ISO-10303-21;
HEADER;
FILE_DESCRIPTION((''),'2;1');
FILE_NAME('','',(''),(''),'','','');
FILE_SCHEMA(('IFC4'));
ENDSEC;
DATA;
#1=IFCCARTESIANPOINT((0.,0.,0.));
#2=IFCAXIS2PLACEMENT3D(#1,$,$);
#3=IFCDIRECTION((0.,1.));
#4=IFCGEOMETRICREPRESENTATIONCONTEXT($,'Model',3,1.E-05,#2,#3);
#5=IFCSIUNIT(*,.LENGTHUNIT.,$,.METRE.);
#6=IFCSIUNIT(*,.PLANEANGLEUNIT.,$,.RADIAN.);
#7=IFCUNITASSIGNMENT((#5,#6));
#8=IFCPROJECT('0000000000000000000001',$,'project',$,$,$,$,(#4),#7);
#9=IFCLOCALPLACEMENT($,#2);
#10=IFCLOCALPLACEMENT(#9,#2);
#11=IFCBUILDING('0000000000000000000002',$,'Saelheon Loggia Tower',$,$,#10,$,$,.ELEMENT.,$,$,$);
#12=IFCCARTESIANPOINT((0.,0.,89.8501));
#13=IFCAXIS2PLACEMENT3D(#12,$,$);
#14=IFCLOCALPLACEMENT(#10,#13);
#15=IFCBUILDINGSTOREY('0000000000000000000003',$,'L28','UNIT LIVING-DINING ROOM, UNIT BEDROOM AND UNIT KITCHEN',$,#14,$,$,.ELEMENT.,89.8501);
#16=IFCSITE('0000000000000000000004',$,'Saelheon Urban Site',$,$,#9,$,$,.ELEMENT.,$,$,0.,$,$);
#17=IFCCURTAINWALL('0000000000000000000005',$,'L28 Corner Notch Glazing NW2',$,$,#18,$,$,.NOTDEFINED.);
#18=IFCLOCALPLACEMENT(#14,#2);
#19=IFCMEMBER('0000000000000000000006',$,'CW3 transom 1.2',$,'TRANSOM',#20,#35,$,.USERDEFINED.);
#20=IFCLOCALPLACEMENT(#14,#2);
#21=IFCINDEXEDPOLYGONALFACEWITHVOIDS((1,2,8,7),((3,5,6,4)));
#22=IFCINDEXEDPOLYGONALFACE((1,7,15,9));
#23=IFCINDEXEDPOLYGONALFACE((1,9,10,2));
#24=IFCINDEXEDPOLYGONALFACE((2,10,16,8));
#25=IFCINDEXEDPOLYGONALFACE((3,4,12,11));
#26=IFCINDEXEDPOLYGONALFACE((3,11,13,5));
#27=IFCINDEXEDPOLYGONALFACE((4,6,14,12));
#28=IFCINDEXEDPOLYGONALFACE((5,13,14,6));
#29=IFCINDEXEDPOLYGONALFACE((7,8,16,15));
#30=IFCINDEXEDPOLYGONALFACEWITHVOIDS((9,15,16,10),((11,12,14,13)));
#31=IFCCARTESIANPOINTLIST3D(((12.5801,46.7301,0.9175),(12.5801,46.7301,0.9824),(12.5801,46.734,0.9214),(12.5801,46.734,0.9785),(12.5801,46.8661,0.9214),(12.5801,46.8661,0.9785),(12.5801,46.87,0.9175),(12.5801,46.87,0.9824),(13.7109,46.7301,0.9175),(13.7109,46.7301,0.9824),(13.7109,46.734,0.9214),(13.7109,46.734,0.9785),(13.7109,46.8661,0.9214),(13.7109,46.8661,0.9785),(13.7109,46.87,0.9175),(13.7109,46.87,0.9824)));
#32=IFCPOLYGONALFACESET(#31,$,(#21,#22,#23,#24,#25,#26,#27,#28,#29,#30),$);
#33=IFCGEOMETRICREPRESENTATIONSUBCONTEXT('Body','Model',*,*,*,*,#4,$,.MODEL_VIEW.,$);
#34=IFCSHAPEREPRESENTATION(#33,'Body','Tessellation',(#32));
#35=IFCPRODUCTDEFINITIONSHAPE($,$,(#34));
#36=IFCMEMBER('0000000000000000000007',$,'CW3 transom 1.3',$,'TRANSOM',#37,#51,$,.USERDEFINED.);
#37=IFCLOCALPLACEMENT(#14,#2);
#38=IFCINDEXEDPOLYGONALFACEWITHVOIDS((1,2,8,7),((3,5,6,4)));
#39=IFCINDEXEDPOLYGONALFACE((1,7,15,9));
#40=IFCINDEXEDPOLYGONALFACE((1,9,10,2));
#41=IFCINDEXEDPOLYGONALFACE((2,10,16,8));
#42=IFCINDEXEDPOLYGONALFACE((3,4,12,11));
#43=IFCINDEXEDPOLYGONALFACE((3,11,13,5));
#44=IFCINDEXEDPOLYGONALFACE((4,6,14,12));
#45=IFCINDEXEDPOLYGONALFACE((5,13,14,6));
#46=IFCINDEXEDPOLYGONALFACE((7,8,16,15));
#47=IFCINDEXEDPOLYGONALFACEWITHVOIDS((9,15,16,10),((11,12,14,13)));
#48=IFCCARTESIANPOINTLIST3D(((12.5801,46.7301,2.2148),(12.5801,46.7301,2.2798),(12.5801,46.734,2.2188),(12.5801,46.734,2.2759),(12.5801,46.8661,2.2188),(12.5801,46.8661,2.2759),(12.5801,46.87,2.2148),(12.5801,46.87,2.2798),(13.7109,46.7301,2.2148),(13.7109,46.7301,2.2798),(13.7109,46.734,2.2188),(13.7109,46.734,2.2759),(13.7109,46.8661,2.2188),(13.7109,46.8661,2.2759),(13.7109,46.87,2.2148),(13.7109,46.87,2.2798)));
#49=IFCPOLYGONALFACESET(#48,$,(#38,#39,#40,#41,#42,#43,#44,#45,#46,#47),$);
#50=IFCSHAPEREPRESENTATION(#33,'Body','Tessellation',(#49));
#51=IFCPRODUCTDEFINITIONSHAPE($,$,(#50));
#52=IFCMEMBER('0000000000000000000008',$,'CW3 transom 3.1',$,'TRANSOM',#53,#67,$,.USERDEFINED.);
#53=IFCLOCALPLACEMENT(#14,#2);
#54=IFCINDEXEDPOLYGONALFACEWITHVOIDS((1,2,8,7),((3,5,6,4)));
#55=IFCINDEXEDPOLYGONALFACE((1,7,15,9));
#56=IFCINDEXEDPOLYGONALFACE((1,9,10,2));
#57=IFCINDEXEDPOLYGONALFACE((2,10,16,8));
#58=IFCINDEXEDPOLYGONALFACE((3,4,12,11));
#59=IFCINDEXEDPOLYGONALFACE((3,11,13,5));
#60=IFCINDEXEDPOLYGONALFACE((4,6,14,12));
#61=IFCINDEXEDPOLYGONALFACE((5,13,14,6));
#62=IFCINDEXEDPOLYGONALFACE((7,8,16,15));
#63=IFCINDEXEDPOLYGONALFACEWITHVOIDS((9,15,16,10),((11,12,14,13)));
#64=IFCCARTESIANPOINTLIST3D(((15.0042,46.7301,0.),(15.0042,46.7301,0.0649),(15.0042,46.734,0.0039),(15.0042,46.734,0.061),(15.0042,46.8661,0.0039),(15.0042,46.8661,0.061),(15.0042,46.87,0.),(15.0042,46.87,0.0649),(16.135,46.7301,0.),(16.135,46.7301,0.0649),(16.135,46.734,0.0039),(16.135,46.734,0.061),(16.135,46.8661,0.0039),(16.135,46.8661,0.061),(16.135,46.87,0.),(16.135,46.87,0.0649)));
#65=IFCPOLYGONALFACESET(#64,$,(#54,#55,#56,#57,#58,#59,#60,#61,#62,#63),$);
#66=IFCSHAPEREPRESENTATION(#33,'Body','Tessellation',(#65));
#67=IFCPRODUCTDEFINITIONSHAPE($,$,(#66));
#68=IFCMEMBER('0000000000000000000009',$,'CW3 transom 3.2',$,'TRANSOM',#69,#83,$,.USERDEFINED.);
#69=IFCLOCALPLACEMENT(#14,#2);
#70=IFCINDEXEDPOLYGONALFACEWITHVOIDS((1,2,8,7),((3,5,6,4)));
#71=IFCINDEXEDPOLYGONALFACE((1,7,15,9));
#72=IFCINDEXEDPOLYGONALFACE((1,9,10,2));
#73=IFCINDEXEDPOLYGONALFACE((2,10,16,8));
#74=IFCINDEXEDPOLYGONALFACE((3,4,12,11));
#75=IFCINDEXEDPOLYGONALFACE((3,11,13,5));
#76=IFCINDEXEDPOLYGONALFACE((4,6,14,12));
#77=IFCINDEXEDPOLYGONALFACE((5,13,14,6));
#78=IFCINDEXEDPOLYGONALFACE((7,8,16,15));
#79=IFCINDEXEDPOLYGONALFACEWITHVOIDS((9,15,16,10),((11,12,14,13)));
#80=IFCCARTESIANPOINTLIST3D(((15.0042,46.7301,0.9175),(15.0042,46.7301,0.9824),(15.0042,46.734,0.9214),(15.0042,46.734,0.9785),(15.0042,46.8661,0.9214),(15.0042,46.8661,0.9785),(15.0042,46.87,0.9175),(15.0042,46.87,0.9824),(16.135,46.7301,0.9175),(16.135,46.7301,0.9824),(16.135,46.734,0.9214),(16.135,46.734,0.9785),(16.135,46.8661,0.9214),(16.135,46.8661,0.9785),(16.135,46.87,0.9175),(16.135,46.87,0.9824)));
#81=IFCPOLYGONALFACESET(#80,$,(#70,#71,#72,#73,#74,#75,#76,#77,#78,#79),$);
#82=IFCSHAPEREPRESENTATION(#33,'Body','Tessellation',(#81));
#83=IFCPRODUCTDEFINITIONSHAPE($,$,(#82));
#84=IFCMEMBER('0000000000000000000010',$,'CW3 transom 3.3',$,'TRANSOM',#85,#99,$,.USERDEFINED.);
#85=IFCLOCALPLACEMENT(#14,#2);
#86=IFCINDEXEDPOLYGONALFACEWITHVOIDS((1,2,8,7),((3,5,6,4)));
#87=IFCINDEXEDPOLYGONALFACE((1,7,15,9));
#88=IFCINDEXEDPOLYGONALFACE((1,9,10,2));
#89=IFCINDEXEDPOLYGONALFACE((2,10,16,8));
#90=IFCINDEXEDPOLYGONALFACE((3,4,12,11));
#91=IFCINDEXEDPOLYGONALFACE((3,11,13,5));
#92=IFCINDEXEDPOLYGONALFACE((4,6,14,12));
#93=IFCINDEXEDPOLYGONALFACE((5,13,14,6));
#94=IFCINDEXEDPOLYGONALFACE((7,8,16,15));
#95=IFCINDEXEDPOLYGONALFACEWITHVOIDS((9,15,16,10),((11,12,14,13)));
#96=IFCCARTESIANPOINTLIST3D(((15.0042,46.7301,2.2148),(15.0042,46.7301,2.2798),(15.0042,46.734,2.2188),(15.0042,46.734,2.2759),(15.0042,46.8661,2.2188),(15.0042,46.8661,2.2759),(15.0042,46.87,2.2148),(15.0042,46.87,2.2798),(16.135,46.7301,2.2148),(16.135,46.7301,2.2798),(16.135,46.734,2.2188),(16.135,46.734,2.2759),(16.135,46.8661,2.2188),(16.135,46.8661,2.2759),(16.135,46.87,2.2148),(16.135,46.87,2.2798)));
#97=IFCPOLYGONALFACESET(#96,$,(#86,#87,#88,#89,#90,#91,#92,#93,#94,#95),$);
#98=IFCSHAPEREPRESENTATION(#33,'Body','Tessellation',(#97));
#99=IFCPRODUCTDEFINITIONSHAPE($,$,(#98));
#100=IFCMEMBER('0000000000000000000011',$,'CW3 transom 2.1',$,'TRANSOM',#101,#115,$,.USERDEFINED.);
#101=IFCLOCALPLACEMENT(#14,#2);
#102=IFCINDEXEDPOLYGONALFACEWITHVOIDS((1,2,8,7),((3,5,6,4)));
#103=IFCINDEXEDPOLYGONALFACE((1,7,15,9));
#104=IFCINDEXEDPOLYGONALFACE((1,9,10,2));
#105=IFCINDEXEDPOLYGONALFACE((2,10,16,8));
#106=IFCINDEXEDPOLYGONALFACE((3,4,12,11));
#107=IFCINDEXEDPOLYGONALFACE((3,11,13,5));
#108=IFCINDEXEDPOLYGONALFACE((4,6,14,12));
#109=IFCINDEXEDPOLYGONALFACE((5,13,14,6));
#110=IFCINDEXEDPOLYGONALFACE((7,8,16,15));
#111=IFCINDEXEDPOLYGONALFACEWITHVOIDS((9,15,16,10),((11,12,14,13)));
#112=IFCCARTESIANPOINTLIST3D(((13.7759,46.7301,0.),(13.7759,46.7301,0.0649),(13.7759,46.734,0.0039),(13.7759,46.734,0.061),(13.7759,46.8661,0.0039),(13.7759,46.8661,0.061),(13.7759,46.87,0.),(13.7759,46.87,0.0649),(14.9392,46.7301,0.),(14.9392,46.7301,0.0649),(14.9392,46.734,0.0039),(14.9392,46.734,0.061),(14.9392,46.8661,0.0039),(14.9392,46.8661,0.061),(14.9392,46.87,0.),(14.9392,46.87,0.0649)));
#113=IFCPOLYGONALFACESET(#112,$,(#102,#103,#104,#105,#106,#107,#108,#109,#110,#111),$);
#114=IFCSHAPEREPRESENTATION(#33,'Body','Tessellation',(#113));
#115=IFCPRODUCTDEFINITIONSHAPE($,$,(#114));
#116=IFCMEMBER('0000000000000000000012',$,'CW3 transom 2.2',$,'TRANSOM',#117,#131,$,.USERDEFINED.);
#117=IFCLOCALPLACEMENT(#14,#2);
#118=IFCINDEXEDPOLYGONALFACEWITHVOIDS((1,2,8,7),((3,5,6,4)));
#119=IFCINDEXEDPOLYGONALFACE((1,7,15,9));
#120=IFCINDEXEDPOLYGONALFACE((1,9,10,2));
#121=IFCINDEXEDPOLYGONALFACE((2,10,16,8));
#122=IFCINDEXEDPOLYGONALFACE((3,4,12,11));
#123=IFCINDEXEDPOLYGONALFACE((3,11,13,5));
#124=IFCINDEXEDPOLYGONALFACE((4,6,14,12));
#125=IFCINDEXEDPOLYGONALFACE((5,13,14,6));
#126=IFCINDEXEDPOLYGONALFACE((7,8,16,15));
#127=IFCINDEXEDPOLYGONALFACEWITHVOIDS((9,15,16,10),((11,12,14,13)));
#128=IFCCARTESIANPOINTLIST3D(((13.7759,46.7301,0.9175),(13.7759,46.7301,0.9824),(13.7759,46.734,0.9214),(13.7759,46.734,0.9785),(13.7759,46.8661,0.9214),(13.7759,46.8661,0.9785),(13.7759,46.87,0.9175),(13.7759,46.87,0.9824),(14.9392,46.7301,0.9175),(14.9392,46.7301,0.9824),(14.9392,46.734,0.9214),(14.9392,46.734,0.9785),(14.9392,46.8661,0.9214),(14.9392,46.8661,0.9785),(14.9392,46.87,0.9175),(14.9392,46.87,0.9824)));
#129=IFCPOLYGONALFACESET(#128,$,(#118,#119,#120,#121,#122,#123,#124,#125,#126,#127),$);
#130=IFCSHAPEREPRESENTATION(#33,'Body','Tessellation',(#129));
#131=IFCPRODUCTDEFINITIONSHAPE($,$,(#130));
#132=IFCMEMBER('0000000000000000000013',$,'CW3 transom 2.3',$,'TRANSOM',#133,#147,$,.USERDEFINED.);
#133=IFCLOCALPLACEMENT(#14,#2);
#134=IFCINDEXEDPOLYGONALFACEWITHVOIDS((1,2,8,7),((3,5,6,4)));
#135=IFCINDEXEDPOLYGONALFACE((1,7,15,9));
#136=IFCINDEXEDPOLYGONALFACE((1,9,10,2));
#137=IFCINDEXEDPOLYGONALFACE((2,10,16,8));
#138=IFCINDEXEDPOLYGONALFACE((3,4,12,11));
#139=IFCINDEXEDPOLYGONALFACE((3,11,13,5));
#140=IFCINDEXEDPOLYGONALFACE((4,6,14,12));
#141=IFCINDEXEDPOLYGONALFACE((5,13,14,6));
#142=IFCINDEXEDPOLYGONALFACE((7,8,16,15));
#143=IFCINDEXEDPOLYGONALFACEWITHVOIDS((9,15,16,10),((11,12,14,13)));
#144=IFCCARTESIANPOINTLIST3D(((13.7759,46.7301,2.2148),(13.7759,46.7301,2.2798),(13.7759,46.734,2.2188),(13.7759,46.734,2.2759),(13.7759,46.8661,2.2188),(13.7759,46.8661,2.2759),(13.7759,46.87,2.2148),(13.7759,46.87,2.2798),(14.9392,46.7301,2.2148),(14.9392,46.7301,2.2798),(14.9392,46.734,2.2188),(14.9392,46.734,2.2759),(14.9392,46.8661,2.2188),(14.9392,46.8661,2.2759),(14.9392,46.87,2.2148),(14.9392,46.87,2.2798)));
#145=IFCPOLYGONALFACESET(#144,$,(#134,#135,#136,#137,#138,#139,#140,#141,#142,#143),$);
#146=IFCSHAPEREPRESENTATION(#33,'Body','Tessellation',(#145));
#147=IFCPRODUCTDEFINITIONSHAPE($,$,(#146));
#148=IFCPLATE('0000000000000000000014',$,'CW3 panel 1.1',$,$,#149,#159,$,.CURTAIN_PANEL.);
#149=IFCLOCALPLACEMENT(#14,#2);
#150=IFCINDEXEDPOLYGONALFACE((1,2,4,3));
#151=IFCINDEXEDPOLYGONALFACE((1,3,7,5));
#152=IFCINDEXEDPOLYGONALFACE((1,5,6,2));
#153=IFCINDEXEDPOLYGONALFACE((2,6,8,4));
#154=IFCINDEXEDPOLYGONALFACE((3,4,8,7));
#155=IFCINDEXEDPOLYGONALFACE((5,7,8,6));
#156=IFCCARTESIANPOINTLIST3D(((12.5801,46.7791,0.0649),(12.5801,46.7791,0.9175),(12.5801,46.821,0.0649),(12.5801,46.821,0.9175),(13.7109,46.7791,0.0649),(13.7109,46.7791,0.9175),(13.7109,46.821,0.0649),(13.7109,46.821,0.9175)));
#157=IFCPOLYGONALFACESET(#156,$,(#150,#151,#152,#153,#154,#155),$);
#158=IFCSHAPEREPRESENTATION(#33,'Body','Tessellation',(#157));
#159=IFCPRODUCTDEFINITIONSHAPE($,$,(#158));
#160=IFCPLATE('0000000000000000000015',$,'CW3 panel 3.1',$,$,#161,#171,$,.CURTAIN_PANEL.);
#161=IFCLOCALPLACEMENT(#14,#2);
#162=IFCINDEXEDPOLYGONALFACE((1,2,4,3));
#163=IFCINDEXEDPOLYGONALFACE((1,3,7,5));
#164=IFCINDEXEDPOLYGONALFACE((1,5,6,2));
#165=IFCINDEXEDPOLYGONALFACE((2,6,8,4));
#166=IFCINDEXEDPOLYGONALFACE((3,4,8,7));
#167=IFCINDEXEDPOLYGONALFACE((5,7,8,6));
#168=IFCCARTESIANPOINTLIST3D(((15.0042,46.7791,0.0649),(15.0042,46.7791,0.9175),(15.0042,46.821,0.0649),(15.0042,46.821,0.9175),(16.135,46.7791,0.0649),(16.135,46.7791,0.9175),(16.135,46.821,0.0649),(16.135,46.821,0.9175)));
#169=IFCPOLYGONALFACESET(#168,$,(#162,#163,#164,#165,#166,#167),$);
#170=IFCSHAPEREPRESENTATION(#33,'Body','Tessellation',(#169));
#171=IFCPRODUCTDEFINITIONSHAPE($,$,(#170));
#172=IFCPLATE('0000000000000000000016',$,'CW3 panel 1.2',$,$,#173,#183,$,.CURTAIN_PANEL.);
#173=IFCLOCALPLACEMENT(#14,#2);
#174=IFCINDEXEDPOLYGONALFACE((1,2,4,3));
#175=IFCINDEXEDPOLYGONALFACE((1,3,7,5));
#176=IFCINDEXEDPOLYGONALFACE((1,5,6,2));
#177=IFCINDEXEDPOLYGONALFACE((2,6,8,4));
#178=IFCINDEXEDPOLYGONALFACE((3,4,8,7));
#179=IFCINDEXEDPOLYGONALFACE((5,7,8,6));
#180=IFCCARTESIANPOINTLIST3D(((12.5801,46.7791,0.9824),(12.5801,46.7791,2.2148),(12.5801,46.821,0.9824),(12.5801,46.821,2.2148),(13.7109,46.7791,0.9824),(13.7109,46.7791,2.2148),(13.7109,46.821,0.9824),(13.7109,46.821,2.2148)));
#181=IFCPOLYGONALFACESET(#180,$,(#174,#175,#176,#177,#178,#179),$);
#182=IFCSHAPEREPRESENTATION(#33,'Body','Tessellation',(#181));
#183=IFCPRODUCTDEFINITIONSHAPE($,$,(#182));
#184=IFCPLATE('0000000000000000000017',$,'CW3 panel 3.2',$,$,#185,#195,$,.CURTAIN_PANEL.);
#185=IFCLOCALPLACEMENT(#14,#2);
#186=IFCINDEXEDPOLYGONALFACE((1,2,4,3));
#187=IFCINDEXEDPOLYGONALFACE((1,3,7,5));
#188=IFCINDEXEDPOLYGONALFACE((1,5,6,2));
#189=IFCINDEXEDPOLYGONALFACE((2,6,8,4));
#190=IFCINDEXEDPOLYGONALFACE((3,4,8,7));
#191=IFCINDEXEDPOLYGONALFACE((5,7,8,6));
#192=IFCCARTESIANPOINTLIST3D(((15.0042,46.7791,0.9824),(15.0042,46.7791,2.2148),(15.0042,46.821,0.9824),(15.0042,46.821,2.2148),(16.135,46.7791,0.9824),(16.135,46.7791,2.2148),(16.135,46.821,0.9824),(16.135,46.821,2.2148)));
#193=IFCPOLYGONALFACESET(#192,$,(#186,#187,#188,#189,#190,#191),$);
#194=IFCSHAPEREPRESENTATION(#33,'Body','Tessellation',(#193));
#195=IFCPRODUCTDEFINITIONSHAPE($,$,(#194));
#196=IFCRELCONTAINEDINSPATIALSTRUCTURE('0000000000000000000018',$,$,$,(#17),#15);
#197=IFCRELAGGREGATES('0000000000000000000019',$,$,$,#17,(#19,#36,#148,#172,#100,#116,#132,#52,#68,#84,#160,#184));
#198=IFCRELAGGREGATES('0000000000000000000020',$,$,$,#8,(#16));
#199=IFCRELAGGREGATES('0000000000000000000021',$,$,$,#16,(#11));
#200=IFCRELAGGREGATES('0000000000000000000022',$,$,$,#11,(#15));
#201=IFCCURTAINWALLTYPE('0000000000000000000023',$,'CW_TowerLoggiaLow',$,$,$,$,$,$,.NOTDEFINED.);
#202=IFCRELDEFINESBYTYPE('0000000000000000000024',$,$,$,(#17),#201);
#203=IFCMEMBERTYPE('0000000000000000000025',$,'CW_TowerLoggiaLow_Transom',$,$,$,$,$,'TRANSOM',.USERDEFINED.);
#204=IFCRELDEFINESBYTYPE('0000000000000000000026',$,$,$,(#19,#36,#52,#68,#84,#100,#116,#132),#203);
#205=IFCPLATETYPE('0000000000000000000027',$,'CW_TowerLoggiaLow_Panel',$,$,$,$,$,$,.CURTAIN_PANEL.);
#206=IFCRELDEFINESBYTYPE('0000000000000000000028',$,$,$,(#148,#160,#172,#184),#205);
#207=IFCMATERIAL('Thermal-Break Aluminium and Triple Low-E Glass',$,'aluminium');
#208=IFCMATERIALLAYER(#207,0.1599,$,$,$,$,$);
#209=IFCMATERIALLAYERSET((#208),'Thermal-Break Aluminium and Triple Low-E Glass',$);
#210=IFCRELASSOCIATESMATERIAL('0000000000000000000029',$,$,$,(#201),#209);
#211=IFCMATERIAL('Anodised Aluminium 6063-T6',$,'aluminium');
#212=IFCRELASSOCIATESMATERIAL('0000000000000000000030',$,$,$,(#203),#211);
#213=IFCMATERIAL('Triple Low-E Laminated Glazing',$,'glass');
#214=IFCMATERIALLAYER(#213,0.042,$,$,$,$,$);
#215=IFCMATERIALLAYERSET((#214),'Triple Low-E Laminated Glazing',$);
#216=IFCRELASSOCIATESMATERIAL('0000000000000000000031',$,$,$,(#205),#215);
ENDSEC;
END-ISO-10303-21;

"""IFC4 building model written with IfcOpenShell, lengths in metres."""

from ifc_helpers import new_model, si_unit, direction, frame, origin, origin_2d, place, context, subcontext, project, spatial, rectangle, hollow_rectangle, extrude, source, transform, mapped, material, layer, layer_set, material_profile, profile_set, type_object, element, aggregate, save


model = new_model("IFC4")

# Units and contexts
model_context = context("Model", 3, precision=1e-05, world=origin(), true_north=direction((0.0, 1.0)))
body_context = subcontext(model_context, "Body", "Model", "MODEL_VIEW")
ifc_project = project(units=[si_unit("LENGTHUNIT", "METRE"), si_unit("PLANEANGLEUNIT", "RADIAN")], contexts=[model_context])

# Site, building, storey
site_placement = place(None, origin())
site = spatial("IfcSite", under=ifc_project, at=site_placement, Name="Saelheon Urban Site", CompositionType="ELEMENT", RefElevation=0.0)
building_placement = place(site_placement, origin())
building = spatial("IfcBuilding", under=site, at=building_placement, Name="Saelheon Loggia Tower", CompositionType="ELEMENT")
storey_placement = place(building_placement, frame((0.0, 0.0, 89.8501)))
storey = spatial("IfcBuildingStorey", under=building, at=storey_placement, Name="L28", Description="UNIT LIVING-DINING ROOM, UNIT BEDROOM AND UNIT KITCHEN", CompositionType="ELEMENT", Elevation=89.8501)

# Shared definitions
ifc_material_1 = material(Name="Thermal-Break Aluminium and Triple Low-E Glass", Category="aluminium")
ifc_layer_1 = layer(ifc_material_1, 0.1599)
ifc_layer_set_1 = layer_set([ifc_layer_1], Name="Thermal-Break Aluminium and Triple Low-E Glass")
curtain_wall_type = type_object("IfcCurtainWallType", Name="CW_TowerLoggiaLow", PredefinedType="NOTDEFINED", material=ifc_layer_set_1)
ifc_material_2 = material(Name="Anodised Aluminium 6063-T6", Category="aluminium")

# Curtain wall
curtain_wall_1_placement = place(storey_placement, origin())
curtain_wall_1 = element("IfcCurtainWall", 1, at=curtain_wall_1_placement, inside=storey, type_object=curtain_wall_type, Name="L28 Corner Notch Glazing NW2", PredefinedType="NOTDEFINED")

# Members
ifc_material_profile_1 = material_profile(ifc_material_2, hollow_rectangle(XDim=0.0649, YDim=0.1399, WallThickness=0.0039, at=origin_2d()), Name="RHS-140x65x4")
ifc_profile_set_1 = profile_set([ifc_material_profile_1], Name="Anodised Aluminium 6063-T6")
member_type_1 = type_object("IfcMemberType", Name="CW_TowerLoggiaLow_Transom", ElementType="TRANSOM", PredefinedType="USERDEFINED", material=ifc_profile_set_1)
shared_shape_1 = source(origin(), body_context, "Body", "SweptSolid", [
    extrude(hollow_rectangle(XDim=0.0649, YDim=0.1399, WallThickness=0.0039, at=origin_2d()), origin(), (0.0, 0.0, 1.0), 1.1309),
])
member_1_placement = place(storey_placement, frame((12.5801, 46.8, 0.95), z_axis=(1.0, 0.0, 0.0), x_axis=(0.0, 0.0, 1.0)))
member_1 = element("IfcMember", 2, at=member_1_placement, type_object=member_type_1, Name="CW3 transom 1.2", ObjectType="TRANSOM", PredefinedType="USERDEFINED", context=body_context, shape_type="MappedRepresentation", body=[
    mapped(shared_shape_1, transform((0.0, 0.0, 0.0), scale=1.0)),
])
member_2_placement = place(storey_placement, frame((12.5801, 46.8, 2.2473), z_axis=(1.0, 0.0, 0.0), x_axis=(0.0, 0.0, 1.0)))
member_2 = element("IfcMember", 3, at=member_2_placement, type_object=member_type_1, Name="CW3 transom 1.3", ObjectType="TRANSOM", PredefinedType="USERDEFINED", context=body_context, shape_type="MappedRepresentation", body=[
    mapped(shared_shape_1, transform((0.0, 0.0, 0.0), scale=1.0)),
])
member_3_placement = place(storey_placement, frame((15.0042, 46.8, 0.0325), z_axis=(1.0, 0.0, 0.0), x_axis=(0.0, 0.0, 1.0)))
member_3 = element("IfcMember", 4, at=member_3_placement, type_object=member_type_1, Name="CW3 transom 3.1", ObjectType="TRANSOM", PredefinedType="USERDEFINED", context=body_context, shape_type="MappedRepresentation", body=[
    mapped(shared_shape_1, transform((0.0, 0.0, 0.0), scale=1.0)),
])
member_4_placement = place(storey_placement, frame((15.0042, 46.8, 0.95), z_axis=(1.0, 0.0, 0.0), x_axis=(0.0, 0.0, 1.0)))
member_4 = element("IfcMember", 5, at=member_4_placement, type_object=member_type_1, Name="CW3 transom 3.2", ObjectType="TRANSOM", PredefinedType="USERDEFINED", context=body_context, shape_type="MappedRepresentation", body=[
    mapped(shared_shape_1, transform((0.0, 0.0, 0.0), scale=1.0)),
])
member_5_placement = place(storey_placement, frame((15.0042, 46.8, 2.2473), z_axis=(1.0, 0.0, 0.0), x_axis=(0.0, 0.0, 1.0)))
member_5 = element("IfcMember", 6, at=member_5_placement, type_object=member_type_1, Name="CW3 transom 3.3", ObjectType="TRANSOM", PredefinedType="USERDEFINED", context=body_context, shape_type="MappedRepresentation", body=[
    mapped(shared_shape_1, transform((0.0, 0.0, 0.0), scale=1.0)),
])
shared_shape_2 = source(origin(), body_context, "Body", "SweptSolid", [
    extrude(hollow_rectangle(XDim=0.0649, YDim=0.1399, WallThickness=0.0039, at=origin_2d()), origin(), (0.0, 0.0, 1.0), 1.1633),
])
member_6_placement = place(storey_placement, frame((13.7759, 46.8, 0.0325), z_axis=(1.0, 0.0, 0.0), x_axis=(0.0, 0.0, 1.0)))
member_6 = element("IfcMember", 7, at=member_6_placement, type_object=member_type_1, Name="CW3 transom 2.1", ObjectType="TRANSOM", PredefinedType="USERDEFINED", context=body_context, shape_type="MappedRepresentation", body=[
    mapped(shared_shape_2, transform((0.0, 0.0, 0.0), scale=1.0)),
])
member_7_placement = place(storey_placement, frame((13.7759, 46.8, 0.95), z_axis=(1.0, 0.0, 0.0), x_axis=(0.0, 0.0, 1.0)))
member_7 = element("IfcMember", 8, at=member_7_placement, type_object=member_type_1, Name="CW3 transom 2.2", ObjectType="TRANSOM", PredefinedType="USERDEFINED", context=body_context, shape_type="MappedRepresentation", body=[
    mapped(shared_shape_2, transform((0.0, 0.0, 0.0), scale=1.0)),
])
member_8_placement = place(storey_placement, frame((13.7759, 46.8, 2.2473), z_axis=(1.0, 0.0, 0.0), x_axis=(0.0, 0.0, 1.0)))
member_8 = element("IfcMember", 9, at=member_8_placement, type_object=member_type_1, Name="CW3 transom 2.3", ObjectType="TRANSOM", PredefinedType="USERDEFINED", context=body_context, shape_type="MappedRepresentation", body=[
    mapped(shared_shape_2, transform((0.0, 0.0, 0.0), scale=1.0)),
])

# Plates
ifc_material_3 = material(Name="Triple Low-E Laminated Glazing", Category="glass")
ifc_layer_2 = layer(ifc_material_3, 0.042)
ifc_layer_set_2 = layer_set([ifc_layer_2], Name="Triple Low-E Laminated Glazing")
plate_type = type_object("IfcPlateType", Name="CW_TowerLoggiaLow_Panel", PredefinedType="CURTAIN_PANEL", material=ifc_layer_set_2)
shared_shape_3 = source(origin(), body_context, "Body", "SweptSolid", [
    extrude(rectangle(XDim=1.1309, YDim=0.042, at=origin_2d()), origin(), (0.0, 0.0, 1.0), 0.8525),
])
plate_1_placement = place(storey_placement, frame((13.1455, 46.8, 0.0649), z_axis=(0.0, 0.0, 1.0), x_axis=(1.0, 0.0, 0.0)))
plate_1 = element("IfcPlate", 10, at=plate_1_placement, type_object=plate_type, Name="CW3 panel 1.1", PredefinedType="CURTAIN_PANEL", context=body_context, shape_type="MappedRepresentation", body=[
    mapped(shared_shape_3, transform((0.0, 0.0, 0.0), scale=1.0)),
])
plate_2_placement = place(storey_placement, frame((15.5696, 46.8, 0.0649), z_axis=(0.0, 0.0, 1.0), x_axis=(1.0, 0.0, 0.0)))
plate_2 = element("IfcPlate", 11, at=plate_2_placement, type_object=plate_type, Name="CW3 panel 3.1", PredefinedType="CURTAIN_PANEL", context=body_context, shape_type="MappedRepresentation", body=[
    mapped(shared_shape_3, transform((0.0, 0.0, 0.0), scale=1.0)),
])
shared_shape_4 = source(origin(), body_context, "Body", "SweptSolid", [
    extrude(rectangle(XDim=1.1309, YDim=0.042, at=origin_2d()), origin(), (0.0, 0.0, 1.0), 1.2324),
])
plate_3_placement = place(storey_placement, frame((13.1455, 46.8, 0.9824), z_axis=(0.0, 0.0, 1.0), x_axis=(1.0, 0.0, 0.0)))
plate_3 = element("IfcPlate", 12, at=plate_3_placement, type_object=plate_type, Name="CW3 panel 1.2", PredefinedType="CURTAIN_PANEL", context=body_context, shape_type="MappedRepresentation", body=[
    mapped(shared_shape_4, transform((0.0, 0.0, 0.0), scale=1.0)),
])
plate_4_placement = place(storey_placement, frame((15.5696, 46.8, 0.9824), z_axis=(0.0, 0.0, 1.0), x_axis=(1.0, 0.0, 0.0)))
plate_4 = element("IfcPlate", 13, at=plate_4_placement, type_object=plate_type, Name="CW3 panel 3.2", PredefinedType="CURTAIN_PANEL", context=body_context, shape_type="MappedRepresentation", body=[
    mapped(shared_shape_4, transform((0.0, 0.0, 0.0), scale=1.0)),
])
aggregate(curtain_wall_1, [member_1, member_2, plate_1, plate_3, member_6, member_7, member_8, member_3, member_4, member_5, plate_2, plate_4])

save(model, "model.ifc")
